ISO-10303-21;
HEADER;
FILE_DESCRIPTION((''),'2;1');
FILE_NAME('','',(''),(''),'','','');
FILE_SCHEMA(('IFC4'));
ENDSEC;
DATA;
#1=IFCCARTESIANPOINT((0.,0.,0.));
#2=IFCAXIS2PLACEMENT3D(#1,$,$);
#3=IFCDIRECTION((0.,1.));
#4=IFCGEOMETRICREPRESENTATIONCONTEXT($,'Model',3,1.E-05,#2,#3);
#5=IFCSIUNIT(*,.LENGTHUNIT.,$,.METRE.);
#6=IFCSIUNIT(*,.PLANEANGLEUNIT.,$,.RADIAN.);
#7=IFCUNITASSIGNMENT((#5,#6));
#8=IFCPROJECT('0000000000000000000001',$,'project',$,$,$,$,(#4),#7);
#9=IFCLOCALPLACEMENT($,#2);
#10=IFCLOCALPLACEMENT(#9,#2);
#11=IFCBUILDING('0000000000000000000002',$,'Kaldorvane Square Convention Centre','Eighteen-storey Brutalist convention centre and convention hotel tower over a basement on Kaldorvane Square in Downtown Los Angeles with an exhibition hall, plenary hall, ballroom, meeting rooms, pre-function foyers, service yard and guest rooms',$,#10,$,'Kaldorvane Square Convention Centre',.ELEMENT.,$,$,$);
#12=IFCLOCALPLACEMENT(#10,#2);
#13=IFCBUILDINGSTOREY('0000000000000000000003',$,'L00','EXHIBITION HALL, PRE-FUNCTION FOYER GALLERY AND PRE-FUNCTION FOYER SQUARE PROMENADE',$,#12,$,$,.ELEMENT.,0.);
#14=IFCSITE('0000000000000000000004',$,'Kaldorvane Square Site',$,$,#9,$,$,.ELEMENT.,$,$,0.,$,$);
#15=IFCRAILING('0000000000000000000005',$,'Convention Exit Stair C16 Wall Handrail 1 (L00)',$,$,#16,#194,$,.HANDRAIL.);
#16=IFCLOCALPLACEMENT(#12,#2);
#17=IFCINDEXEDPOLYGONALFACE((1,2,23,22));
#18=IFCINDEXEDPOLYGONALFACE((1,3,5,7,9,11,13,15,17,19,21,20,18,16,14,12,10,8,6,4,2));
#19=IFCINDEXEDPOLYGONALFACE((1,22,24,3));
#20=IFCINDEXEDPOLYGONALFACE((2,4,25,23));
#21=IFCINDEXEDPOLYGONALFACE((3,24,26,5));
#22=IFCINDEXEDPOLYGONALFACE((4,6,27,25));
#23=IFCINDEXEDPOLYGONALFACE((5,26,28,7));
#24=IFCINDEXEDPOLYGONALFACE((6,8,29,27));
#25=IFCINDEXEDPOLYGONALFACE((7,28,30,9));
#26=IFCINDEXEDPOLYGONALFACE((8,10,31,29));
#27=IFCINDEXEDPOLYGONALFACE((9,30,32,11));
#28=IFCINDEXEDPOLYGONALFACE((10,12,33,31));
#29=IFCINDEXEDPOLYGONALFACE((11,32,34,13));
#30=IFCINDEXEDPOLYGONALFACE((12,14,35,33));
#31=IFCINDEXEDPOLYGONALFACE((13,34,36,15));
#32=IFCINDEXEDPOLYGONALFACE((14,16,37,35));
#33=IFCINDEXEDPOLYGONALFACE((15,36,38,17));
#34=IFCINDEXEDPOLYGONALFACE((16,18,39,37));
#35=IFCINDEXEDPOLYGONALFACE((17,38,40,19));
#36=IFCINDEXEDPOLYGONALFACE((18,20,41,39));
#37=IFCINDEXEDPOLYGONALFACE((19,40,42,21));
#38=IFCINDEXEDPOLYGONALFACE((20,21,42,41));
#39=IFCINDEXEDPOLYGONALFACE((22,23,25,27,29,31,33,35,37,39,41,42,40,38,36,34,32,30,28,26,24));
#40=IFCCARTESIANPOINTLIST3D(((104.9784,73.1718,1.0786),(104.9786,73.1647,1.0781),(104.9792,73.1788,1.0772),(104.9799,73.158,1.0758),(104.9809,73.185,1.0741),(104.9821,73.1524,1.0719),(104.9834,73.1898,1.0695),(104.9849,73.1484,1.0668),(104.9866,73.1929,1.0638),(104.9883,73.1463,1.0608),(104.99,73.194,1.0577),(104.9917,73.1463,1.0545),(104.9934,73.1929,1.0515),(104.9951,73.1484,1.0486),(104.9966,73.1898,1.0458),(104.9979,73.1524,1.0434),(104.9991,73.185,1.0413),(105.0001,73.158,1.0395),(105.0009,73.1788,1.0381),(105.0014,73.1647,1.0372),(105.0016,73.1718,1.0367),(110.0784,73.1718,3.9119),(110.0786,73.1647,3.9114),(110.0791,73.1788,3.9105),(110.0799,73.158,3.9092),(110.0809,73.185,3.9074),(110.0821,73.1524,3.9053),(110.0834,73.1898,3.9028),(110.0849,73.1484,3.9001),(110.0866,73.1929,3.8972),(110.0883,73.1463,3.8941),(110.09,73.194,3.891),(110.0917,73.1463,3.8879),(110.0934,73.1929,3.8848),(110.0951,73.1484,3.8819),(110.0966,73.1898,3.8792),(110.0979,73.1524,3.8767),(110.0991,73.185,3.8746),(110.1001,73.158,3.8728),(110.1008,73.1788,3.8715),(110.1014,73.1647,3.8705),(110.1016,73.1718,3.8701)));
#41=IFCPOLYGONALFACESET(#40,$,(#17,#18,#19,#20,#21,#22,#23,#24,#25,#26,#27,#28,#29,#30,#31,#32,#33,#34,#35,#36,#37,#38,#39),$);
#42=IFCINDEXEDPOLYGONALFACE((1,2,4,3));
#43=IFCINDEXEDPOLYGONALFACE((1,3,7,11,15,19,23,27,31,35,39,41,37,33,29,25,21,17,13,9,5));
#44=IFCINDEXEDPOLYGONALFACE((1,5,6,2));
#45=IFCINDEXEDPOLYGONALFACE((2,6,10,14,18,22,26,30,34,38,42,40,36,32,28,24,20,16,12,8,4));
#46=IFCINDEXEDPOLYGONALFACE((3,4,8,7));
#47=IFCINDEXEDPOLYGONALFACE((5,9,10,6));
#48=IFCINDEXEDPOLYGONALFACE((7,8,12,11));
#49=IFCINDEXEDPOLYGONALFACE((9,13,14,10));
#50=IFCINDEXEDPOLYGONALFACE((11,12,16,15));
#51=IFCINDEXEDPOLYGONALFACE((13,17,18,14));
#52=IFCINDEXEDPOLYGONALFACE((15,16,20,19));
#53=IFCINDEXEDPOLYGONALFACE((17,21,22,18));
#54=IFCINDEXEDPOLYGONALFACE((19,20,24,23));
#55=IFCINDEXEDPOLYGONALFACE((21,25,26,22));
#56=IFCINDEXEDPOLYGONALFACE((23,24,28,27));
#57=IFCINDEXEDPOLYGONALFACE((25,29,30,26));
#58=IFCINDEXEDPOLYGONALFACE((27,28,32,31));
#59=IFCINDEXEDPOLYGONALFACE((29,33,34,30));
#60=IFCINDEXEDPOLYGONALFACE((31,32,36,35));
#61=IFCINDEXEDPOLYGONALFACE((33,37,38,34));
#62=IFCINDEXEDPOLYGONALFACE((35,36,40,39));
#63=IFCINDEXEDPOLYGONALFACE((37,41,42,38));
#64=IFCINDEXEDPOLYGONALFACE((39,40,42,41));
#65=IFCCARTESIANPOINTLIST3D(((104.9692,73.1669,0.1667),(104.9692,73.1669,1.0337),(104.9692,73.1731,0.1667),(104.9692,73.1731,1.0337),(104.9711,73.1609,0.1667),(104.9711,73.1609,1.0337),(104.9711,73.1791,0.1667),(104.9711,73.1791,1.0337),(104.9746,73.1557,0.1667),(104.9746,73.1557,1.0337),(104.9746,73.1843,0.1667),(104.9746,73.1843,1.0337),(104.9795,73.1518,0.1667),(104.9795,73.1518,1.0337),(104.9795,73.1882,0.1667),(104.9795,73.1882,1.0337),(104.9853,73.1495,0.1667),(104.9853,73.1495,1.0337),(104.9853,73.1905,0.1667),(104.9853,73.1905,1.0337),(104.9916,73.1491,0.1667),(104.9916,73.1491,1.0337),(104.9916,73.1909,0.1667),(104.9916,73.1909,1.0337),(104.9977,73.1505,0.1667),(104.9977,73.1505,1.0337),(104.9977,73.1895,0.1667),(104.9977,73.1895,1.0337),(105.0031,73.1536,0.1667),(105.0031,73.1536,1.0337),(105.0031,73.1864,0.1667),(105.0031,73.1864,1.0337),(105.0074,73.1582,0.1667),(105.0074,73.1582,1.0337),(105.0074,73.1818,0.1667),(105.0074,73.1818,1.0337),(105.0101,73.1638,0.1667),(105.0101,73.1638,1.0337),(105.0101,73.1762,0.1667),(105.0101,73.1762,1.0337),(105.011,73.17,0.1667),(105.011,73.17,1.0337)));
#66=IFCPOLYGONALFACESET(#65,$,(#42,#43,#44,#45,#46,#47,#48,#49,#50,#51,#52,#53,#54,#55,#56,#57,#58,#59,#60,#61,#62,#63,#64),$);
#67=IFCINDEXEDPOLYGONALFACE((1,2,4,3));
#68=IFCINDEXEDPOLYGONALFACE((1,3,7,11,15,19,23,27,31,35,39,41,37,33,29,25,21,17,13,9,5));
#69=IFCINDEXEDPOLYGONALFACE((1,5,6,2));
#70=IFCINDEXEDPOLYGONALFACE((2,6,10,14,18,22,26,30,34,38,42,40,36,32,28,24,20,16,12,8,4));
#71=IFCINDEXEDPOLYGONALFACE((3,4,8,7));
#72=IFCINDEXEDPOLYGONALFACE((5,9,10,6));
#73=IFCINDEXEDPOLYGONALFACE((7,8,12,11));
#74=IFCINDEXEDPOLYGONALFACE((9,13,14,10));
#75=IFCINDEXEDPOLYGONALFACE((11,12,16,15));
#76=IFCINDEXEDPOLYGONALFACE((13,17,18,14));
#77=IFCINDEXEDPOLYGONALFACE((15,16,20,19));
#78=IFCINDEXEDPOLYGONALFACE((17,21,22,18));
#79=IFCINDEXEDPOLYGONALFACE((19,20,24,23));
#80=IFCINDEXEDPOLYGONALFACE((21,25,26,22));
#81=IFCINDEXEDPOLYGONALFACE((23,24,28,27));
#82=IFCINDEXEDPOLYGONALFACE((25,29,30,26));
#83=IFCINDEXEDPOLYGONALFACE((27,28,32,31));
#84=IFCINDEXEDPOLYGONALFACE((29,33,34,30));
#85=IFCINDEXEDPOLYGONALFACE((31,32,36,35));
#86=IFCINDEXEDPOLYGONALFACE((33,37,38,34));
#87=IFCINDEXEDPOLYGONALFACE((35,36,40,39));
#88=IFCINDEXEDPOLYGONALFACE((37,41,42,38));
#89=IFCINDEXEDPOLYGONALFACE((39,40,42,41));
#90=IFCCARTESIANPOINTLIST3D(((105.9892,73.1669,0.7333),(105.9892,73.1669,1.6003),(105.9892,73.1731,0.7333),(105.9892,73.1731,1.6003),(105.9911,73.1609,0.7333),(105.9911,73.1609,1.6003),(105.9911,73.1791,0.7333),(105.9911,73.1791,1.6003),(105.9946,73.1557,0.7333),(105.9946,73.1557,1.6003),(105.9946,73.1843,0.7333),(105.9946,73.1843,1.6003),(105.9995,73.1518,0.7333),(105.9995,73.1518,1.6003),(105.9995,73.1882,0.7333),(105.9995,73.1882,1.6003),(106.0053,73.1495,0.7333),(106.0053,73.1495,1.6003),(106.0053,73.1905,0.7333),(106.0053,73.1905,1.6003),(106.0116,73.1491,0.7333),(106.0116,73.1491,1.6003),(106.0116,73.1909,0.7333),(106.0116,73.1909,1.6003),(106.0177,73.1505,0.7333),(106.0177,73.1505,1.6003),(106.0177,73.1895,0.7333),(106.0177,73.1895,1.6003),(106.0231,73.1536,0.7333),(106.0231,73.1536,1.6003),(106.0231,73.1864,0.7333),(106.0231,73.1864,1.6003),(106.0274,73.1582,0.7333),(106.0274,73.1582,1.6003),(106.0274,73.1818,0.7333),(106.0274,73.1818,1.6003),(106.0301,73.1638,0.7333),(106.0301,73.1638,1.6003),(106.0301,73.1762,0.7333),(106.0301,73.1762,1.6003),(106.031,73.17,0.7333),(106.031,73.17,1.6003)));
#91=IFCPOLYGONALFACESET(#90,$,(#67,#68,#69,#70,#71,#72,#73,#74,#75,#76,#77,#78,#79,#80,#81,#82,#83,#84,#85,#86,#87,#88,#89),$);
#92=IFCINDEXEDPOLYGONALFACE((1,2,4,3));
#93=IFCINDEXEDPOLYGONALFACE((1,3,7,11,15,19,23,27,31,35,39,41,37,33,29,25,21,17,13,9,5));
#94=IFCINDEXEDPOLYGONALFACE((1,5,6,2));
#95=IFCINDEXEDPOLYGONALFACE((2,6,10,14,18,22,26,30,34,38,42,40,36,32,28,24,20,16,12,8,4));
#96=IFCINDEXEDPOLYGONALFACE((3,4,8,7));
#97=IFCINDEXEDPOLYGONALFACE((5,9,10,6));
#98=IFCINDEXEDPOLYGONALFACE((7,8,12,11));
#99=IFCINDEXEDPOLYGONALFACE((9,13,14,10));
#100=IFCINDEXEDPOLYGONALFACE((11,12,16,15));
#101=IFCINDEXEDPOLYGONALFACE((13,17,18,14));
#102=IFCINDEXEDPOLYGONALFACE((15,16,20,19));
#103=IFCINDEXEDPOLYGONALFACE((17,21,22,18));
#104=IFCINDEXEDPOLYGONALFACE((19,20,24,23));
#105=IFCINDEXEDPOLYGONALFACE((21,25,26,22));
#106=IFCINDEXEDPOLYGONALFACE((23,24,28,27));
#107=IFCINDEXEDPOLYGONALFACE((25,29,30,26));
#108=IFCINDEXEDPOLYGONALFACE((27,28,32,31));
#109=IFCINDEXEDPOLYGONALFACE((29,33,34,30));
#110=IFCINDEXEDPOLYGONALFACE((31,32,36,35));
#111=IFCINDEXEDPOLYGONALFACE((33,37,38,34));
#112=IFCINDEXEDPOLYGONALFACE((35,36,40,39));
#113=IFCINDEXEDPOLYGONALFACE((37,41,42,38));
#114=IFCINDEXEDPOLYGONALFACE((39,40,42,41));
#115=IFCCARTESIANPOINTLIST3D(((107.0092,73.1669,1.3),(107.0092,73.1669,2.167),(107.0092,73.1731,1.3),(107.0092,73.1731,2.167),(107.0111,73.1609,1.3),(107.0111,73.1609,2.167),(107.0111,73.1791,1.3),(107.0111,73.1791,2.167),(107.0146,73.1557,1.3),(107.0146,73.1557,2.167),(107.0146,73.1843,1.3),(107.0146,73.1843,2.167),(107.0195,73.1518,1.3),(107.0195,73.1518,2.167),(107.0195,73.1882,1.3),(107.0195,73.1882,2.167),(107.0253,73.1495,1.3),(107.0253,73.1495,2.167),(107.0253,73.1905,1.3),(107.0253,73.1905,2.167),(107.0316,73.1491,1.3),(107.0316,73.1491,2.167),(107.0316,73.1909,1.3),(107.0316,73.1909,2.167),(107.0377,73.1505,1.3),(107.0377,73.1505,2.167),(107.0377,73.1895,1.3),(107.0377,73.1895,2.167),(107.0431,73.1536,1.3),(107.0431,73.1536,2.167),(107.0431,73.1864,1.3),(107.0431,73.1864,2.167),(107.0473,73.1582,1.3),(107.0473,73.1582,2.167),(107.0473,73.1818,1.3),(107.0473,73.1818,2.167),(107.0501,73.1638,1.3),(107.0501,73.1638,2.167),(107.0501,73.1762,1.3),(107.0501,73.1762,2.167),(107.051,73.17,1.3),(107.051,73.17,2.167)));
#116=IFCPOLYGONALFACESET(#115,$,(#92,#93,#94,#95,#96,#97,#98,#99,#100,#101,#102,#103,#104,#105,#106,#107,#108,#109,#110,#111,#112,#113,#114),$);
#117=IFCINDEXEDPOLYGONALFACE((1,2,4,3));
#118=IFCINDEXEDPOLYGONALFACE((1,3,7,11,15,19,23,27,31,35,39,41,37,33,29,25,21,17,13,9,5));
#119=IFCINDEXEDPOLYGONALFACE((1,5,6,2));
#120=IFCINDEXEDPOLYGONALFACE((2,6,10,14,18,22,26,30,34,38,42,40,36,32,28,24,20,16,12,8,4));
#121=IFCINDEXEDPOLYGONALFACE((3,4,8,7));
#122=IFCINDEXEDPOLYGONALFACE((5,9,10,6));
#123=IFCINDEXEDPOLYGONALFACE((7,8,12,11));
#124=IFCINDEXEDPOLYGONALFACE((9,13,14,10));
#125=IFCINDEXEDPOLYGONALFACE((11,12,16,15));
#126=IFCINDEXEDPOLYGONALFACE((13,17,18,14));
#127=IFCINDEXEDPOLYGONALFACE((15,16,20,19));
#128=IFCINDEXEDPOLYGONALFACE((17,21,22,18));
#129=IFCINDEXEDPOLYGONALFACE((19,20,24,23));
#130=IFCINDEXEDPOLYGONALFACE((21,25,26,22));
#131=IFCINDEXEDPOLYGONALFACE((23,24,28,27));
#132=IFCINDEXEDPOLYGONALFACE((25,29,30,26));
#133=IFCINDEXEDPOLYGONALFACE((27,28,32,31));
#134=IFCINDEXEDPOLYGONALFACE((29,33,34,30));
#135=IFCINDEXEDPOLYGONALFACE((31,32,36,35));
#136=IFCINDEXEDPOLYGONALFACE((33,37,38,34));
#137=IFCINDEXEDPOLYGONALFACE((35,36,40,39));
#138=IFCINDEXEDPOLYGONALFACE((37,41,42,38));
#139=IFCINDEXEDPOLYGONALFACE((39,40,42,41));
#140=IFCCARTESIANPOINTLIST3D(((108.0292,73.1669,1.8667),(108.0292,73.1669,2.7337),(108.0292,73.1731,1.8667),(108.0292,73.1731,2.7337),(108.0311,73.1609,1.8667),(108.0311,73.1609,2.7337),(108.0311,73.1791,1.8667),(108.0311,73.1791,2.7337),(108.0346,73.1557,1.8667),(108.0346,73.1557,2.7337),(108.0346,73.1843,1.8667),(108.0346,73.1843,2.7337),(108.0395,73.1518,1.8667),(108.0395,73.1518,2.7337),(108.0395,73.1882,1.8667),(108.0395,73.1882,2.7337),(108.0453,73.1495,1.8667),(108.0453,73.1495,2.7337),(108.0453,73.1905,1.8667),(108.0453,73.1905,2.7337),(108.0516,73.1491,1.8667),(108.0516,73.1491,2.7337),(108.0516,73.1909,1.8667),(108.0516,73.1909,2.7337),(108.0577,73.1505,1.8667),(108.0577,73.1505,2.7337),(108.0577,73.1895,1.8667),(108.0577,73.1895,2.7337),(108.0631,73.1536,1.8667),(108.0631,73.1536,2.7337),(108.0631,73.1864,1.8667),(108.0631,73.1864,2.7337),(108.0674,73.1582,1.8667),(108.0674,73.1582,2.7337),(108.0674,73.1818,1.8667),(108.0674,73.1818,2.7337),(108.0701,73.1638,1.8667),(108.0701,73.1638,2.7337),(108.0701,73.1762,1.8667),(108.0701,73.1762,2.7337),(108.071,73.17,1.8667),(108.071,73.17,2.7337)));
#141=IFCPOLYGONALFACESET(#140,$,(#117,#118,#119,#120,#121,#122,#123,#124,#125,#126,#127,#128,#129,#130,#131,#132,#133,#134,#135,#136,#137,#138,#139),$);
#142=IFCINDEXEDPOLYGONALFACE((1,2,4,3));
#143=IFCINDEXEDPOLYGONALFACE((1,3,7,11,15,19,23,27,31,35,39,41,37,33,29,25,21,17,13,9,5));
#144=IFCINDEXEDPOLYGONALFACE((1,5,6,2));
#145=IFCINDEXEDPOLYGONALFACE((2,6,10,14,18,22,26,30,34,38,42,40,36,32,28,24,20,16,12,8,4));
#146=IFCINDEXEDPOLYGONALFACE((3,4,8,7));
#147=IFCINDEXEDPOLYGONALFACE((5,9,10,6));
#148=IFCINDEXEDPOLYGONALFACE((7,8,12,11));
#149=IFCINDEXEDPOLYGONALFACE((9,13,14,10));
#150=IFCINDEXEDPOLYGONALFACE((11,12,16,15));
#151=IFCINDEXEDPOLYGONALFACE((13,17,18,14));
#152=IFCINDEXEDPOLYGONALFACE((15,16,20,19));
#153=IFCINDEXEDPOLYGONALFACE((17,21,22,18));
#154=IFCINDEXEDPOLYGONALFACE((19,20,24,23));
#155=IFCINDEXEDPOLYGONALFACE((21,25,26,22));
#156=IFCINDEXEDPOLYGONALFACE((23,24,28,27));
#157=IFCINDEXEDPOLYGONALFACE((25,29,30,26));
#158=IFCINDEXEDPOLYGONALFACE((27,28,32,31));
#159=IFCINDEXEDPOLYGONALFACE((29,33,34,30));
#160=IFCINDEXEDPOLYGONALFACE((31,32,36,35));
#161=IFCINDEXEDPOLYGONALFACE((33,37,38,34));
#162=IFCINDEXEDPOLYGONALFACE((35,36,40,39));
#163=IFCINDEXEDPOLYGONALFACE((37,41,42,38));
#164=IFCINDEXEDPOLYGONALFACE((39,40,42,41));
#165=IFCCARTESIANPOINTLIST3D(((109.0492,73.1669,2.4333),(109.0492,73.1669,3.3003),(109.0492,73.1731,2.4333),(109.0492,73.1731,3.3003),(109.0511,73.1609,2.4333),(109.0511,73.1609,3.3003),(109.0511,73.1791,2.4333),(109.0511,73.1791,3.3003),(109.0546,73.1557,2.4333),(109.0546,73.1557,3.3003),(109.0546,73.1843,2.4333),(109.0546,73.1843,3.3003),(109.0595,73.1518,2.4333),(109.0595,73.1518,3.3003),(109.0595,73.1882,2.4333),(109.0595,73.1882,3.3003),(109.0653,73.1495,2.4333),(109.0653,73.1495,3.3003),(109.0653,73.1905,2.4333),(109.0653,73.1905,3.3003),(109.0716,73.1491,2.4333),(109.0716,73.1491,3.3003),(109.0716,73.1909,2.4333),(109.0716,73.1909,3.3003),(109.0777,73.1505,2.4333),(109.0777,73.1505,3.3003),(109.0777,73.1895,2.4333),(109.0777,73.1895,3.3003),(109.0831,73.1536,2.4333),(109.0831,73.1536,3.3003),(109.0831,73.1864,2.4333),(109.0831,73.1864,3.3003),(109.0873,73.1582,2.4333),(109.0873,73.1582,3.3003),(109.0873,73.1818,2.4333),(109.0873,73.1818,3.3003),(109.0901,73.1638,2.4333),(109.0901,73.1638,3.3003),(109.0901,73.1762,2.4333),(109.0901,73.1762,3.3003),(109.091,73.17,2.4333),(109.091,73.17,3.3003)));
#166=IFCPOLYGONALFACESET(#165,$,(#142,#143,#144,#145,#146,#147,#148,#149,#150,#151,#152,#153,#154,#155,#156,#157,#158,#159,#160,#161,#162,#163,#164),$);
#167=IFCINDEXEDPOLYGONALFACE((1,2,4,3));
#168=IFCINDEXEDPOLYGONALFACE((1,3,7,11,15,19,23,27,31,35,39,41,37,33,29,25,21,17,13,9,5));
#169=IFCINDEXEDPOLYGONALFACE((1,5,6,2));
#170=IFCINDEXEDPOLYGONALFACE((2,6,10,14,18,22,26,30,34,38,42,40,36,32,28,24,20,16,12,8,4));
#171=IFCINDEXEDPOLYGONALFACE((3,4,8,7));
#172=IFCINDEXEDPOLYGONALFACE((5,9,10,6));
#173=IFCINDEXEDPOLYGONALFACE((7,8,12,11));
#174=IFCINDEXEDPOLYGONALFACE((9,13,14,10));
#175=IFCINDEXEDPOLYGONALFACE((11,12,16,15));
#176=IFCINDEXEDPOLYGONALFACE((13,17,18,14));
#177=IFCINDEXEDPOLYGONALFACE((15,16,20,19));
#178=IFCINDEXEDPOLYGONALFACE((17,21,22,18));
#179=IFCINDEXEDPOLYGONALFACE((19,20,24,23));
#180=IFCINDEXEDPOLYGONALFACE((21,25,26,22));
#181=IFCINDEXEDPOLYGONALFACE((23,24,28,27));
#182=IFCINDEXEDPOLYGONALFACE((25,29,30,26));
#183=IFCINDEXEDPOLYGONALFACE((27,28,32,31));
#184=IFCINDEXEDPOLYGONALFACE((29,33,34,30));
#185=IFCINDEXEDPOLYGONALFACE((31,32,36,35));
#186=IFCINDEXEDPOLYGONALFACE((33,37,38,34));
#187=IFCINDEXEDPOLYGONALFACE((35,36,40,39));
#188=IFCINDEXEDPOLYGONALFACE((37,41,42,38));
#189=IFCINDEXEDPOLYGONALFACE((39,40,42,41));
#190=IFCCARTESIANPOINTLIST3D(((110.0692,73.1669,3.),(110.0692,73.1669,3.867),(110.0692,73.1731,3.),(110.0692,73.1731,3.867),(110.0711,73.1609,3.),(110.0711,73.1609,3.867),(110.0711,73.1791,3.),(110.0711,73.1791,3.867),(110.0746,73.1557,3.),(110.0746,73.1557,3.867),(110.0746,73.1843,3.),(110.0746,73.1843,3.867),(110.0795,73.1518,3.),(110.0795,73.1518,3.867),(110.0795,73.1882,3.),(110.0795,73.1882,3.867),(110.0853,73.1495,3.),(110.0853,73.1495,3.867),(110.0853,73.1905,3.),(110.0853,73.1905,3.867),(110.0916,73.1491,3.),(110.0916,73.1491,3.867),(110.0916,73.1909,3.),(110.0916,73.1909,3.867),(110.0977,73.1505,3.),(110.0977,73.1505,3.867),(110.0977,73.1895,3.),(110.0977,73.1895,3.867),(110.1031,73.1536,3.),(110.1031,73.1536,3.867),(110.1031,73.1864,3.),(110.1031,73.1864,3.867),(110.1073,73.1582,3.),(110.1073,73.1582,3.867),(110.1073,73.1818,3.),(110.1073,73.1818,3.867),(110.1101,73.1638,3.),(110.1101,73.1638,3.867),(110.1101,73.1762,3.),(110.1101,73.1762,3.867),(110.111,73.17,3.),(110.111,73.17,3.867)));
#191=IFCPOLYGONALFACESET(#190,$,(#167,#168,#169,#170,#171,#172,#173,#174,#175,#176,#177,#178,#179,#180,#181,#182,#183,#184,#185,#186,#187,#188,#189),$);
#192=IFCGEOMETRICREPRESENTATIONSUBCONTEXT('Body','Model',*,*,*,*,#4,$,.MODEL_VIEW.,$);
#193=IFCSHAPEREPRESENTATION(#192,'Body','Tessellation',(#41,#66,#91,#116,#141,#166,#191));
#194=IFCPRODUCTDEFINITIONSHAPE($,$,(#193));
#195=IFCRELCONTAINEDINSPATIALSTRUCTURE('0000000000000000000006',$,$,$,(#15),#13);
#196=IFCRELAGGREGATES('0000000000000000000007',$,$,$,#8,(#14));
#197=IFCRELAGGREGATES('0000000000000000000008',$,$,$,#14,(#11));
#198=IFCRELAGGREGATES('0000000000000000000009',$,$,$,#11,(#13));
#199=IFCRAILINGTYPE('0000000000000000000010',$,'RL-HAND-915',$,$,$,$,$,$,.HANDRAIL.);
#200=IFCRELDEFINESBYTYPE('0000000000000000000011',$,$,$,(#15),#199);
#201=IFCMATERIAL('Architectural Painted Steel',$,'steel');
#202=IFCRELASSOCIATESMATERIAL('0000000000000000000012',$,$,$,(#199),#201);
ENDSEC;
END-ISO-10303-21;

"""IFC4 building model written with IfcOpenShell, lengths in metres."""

from ifc_helpers import new_model, si_unit, direction, frame, origin, origin_2d, place, context, subcontext, project, spatial, circle, extrude, material, type_object, element, save


model = new_model("IFC4")

# Units and contexts
model_context = context("Model", 3, precision=1e-05, world=origin(), true_north=direction((0.0, 1.0)))
body_context = subcontext(model_context, "Body", "Model", "MODEL_VIEW")
ifc_project = project(units=[si_unit("LENGTHUNIT", "METRE"), si_unit("PLANEANGLEUNIT", "RADIAN")], contexts=[model_context])

# Site, building, storey
site_placement = place(None, origin())
site = spatial("IfcSite", under=ifc_project, at=site_placement, Name="Kaldorvane Square Site", CompositionType="ELEMENT", RefElevation=0.0)
building_placement = place(site_placement, origin())
building = spatial("IfcBuilding", under=site, at=building_placement, Name="Kaldorvane Square Convention Centre", Description="Eighteen-storey Brutalist convention centre and convention hotel tower over a basement on Kaldorvane Square in Downtown Los Angeles with an exhibition hall, plenary hall, ballroom, meeting rooms, pre-function foyers, service yard and guest rooms", LongName="Kaldorvane Square Convention Centre", CompositionType="ELEMENT")
storey_placement = place(building_placement, origin())
storey = spatial("IfcBuildingStorey", under=building, at=storey_placement, Name="L00", Description="EXHIBITION HALL, PRE-FUNCTION FOYER GALLERY AND PRE-FUNCTION FOYER SQUARE PROMENADE", CompositionType="ELEMENT", Elevation=0.0)

# Railing
ifc_material_1 = material(Name="Architectural Painted Steel", Category="steel")
railing_type_1 = type_object("IfcRailingType", Name="RL-HAND-915", PredefinedType="HANDRAIL", material=ifc_material_1)
railing_1_placement = place(storey_placement, frame((104.99, 73.17, 0.1667)))
element("IfcRailing", 1, at=railing_1_placement, inside=storey, type_object=railing_type_1, Name="Convention Exit Stair C16 Wall Handrail 1 (L00)", PredefinedType="HANDRAIL", context=body_context, shape_type="SweptSolid", body=[
    extrude(circle(Radius=0.024, at=origin_2d()), frame((0.0, 0.0, 0.891), z_axis=(0.874157, 0.0, 0.485643), x_axis=(0.0, 1.0, 0.0)), (0.0, 0.0, 1.0), 5.8342),
    extrude(circle(Radius=0.021, at=origin_2d()), origin(), (0.0, 0.0, 1.0), 0.867),
    extrude(circle(Radius=0.021, at=origin_2d()), frame((1.02, 0.0, 0.5667)), (0.0, 0.0, 1.0), 0.867),
    extrude(circle(Radius=0.021, at=origin_2d()), frame((2.04, 0.0, 1.1333)), (0.0, 0.0, 1.0), 0.867),
    extrude(circle(Radius=0.021, at=origin_2d()), frame((3.06, 0.0, 1.7)), (0.0, 0.0, 1.0), 0.867),
    extrude(circle(Radius=0.021, at=origin_2d()), frame((4.08, 0.0, 2.2667)), (0.0, 0.0, 1.0), 0.867),
    extrude(circle(Radius=0.021, at=origin_2d()), frame((5.1, 0.0, 2.8333)), (0.0, 0.0, 1.0), 0.867),
])

save(model, "model.ifc")
